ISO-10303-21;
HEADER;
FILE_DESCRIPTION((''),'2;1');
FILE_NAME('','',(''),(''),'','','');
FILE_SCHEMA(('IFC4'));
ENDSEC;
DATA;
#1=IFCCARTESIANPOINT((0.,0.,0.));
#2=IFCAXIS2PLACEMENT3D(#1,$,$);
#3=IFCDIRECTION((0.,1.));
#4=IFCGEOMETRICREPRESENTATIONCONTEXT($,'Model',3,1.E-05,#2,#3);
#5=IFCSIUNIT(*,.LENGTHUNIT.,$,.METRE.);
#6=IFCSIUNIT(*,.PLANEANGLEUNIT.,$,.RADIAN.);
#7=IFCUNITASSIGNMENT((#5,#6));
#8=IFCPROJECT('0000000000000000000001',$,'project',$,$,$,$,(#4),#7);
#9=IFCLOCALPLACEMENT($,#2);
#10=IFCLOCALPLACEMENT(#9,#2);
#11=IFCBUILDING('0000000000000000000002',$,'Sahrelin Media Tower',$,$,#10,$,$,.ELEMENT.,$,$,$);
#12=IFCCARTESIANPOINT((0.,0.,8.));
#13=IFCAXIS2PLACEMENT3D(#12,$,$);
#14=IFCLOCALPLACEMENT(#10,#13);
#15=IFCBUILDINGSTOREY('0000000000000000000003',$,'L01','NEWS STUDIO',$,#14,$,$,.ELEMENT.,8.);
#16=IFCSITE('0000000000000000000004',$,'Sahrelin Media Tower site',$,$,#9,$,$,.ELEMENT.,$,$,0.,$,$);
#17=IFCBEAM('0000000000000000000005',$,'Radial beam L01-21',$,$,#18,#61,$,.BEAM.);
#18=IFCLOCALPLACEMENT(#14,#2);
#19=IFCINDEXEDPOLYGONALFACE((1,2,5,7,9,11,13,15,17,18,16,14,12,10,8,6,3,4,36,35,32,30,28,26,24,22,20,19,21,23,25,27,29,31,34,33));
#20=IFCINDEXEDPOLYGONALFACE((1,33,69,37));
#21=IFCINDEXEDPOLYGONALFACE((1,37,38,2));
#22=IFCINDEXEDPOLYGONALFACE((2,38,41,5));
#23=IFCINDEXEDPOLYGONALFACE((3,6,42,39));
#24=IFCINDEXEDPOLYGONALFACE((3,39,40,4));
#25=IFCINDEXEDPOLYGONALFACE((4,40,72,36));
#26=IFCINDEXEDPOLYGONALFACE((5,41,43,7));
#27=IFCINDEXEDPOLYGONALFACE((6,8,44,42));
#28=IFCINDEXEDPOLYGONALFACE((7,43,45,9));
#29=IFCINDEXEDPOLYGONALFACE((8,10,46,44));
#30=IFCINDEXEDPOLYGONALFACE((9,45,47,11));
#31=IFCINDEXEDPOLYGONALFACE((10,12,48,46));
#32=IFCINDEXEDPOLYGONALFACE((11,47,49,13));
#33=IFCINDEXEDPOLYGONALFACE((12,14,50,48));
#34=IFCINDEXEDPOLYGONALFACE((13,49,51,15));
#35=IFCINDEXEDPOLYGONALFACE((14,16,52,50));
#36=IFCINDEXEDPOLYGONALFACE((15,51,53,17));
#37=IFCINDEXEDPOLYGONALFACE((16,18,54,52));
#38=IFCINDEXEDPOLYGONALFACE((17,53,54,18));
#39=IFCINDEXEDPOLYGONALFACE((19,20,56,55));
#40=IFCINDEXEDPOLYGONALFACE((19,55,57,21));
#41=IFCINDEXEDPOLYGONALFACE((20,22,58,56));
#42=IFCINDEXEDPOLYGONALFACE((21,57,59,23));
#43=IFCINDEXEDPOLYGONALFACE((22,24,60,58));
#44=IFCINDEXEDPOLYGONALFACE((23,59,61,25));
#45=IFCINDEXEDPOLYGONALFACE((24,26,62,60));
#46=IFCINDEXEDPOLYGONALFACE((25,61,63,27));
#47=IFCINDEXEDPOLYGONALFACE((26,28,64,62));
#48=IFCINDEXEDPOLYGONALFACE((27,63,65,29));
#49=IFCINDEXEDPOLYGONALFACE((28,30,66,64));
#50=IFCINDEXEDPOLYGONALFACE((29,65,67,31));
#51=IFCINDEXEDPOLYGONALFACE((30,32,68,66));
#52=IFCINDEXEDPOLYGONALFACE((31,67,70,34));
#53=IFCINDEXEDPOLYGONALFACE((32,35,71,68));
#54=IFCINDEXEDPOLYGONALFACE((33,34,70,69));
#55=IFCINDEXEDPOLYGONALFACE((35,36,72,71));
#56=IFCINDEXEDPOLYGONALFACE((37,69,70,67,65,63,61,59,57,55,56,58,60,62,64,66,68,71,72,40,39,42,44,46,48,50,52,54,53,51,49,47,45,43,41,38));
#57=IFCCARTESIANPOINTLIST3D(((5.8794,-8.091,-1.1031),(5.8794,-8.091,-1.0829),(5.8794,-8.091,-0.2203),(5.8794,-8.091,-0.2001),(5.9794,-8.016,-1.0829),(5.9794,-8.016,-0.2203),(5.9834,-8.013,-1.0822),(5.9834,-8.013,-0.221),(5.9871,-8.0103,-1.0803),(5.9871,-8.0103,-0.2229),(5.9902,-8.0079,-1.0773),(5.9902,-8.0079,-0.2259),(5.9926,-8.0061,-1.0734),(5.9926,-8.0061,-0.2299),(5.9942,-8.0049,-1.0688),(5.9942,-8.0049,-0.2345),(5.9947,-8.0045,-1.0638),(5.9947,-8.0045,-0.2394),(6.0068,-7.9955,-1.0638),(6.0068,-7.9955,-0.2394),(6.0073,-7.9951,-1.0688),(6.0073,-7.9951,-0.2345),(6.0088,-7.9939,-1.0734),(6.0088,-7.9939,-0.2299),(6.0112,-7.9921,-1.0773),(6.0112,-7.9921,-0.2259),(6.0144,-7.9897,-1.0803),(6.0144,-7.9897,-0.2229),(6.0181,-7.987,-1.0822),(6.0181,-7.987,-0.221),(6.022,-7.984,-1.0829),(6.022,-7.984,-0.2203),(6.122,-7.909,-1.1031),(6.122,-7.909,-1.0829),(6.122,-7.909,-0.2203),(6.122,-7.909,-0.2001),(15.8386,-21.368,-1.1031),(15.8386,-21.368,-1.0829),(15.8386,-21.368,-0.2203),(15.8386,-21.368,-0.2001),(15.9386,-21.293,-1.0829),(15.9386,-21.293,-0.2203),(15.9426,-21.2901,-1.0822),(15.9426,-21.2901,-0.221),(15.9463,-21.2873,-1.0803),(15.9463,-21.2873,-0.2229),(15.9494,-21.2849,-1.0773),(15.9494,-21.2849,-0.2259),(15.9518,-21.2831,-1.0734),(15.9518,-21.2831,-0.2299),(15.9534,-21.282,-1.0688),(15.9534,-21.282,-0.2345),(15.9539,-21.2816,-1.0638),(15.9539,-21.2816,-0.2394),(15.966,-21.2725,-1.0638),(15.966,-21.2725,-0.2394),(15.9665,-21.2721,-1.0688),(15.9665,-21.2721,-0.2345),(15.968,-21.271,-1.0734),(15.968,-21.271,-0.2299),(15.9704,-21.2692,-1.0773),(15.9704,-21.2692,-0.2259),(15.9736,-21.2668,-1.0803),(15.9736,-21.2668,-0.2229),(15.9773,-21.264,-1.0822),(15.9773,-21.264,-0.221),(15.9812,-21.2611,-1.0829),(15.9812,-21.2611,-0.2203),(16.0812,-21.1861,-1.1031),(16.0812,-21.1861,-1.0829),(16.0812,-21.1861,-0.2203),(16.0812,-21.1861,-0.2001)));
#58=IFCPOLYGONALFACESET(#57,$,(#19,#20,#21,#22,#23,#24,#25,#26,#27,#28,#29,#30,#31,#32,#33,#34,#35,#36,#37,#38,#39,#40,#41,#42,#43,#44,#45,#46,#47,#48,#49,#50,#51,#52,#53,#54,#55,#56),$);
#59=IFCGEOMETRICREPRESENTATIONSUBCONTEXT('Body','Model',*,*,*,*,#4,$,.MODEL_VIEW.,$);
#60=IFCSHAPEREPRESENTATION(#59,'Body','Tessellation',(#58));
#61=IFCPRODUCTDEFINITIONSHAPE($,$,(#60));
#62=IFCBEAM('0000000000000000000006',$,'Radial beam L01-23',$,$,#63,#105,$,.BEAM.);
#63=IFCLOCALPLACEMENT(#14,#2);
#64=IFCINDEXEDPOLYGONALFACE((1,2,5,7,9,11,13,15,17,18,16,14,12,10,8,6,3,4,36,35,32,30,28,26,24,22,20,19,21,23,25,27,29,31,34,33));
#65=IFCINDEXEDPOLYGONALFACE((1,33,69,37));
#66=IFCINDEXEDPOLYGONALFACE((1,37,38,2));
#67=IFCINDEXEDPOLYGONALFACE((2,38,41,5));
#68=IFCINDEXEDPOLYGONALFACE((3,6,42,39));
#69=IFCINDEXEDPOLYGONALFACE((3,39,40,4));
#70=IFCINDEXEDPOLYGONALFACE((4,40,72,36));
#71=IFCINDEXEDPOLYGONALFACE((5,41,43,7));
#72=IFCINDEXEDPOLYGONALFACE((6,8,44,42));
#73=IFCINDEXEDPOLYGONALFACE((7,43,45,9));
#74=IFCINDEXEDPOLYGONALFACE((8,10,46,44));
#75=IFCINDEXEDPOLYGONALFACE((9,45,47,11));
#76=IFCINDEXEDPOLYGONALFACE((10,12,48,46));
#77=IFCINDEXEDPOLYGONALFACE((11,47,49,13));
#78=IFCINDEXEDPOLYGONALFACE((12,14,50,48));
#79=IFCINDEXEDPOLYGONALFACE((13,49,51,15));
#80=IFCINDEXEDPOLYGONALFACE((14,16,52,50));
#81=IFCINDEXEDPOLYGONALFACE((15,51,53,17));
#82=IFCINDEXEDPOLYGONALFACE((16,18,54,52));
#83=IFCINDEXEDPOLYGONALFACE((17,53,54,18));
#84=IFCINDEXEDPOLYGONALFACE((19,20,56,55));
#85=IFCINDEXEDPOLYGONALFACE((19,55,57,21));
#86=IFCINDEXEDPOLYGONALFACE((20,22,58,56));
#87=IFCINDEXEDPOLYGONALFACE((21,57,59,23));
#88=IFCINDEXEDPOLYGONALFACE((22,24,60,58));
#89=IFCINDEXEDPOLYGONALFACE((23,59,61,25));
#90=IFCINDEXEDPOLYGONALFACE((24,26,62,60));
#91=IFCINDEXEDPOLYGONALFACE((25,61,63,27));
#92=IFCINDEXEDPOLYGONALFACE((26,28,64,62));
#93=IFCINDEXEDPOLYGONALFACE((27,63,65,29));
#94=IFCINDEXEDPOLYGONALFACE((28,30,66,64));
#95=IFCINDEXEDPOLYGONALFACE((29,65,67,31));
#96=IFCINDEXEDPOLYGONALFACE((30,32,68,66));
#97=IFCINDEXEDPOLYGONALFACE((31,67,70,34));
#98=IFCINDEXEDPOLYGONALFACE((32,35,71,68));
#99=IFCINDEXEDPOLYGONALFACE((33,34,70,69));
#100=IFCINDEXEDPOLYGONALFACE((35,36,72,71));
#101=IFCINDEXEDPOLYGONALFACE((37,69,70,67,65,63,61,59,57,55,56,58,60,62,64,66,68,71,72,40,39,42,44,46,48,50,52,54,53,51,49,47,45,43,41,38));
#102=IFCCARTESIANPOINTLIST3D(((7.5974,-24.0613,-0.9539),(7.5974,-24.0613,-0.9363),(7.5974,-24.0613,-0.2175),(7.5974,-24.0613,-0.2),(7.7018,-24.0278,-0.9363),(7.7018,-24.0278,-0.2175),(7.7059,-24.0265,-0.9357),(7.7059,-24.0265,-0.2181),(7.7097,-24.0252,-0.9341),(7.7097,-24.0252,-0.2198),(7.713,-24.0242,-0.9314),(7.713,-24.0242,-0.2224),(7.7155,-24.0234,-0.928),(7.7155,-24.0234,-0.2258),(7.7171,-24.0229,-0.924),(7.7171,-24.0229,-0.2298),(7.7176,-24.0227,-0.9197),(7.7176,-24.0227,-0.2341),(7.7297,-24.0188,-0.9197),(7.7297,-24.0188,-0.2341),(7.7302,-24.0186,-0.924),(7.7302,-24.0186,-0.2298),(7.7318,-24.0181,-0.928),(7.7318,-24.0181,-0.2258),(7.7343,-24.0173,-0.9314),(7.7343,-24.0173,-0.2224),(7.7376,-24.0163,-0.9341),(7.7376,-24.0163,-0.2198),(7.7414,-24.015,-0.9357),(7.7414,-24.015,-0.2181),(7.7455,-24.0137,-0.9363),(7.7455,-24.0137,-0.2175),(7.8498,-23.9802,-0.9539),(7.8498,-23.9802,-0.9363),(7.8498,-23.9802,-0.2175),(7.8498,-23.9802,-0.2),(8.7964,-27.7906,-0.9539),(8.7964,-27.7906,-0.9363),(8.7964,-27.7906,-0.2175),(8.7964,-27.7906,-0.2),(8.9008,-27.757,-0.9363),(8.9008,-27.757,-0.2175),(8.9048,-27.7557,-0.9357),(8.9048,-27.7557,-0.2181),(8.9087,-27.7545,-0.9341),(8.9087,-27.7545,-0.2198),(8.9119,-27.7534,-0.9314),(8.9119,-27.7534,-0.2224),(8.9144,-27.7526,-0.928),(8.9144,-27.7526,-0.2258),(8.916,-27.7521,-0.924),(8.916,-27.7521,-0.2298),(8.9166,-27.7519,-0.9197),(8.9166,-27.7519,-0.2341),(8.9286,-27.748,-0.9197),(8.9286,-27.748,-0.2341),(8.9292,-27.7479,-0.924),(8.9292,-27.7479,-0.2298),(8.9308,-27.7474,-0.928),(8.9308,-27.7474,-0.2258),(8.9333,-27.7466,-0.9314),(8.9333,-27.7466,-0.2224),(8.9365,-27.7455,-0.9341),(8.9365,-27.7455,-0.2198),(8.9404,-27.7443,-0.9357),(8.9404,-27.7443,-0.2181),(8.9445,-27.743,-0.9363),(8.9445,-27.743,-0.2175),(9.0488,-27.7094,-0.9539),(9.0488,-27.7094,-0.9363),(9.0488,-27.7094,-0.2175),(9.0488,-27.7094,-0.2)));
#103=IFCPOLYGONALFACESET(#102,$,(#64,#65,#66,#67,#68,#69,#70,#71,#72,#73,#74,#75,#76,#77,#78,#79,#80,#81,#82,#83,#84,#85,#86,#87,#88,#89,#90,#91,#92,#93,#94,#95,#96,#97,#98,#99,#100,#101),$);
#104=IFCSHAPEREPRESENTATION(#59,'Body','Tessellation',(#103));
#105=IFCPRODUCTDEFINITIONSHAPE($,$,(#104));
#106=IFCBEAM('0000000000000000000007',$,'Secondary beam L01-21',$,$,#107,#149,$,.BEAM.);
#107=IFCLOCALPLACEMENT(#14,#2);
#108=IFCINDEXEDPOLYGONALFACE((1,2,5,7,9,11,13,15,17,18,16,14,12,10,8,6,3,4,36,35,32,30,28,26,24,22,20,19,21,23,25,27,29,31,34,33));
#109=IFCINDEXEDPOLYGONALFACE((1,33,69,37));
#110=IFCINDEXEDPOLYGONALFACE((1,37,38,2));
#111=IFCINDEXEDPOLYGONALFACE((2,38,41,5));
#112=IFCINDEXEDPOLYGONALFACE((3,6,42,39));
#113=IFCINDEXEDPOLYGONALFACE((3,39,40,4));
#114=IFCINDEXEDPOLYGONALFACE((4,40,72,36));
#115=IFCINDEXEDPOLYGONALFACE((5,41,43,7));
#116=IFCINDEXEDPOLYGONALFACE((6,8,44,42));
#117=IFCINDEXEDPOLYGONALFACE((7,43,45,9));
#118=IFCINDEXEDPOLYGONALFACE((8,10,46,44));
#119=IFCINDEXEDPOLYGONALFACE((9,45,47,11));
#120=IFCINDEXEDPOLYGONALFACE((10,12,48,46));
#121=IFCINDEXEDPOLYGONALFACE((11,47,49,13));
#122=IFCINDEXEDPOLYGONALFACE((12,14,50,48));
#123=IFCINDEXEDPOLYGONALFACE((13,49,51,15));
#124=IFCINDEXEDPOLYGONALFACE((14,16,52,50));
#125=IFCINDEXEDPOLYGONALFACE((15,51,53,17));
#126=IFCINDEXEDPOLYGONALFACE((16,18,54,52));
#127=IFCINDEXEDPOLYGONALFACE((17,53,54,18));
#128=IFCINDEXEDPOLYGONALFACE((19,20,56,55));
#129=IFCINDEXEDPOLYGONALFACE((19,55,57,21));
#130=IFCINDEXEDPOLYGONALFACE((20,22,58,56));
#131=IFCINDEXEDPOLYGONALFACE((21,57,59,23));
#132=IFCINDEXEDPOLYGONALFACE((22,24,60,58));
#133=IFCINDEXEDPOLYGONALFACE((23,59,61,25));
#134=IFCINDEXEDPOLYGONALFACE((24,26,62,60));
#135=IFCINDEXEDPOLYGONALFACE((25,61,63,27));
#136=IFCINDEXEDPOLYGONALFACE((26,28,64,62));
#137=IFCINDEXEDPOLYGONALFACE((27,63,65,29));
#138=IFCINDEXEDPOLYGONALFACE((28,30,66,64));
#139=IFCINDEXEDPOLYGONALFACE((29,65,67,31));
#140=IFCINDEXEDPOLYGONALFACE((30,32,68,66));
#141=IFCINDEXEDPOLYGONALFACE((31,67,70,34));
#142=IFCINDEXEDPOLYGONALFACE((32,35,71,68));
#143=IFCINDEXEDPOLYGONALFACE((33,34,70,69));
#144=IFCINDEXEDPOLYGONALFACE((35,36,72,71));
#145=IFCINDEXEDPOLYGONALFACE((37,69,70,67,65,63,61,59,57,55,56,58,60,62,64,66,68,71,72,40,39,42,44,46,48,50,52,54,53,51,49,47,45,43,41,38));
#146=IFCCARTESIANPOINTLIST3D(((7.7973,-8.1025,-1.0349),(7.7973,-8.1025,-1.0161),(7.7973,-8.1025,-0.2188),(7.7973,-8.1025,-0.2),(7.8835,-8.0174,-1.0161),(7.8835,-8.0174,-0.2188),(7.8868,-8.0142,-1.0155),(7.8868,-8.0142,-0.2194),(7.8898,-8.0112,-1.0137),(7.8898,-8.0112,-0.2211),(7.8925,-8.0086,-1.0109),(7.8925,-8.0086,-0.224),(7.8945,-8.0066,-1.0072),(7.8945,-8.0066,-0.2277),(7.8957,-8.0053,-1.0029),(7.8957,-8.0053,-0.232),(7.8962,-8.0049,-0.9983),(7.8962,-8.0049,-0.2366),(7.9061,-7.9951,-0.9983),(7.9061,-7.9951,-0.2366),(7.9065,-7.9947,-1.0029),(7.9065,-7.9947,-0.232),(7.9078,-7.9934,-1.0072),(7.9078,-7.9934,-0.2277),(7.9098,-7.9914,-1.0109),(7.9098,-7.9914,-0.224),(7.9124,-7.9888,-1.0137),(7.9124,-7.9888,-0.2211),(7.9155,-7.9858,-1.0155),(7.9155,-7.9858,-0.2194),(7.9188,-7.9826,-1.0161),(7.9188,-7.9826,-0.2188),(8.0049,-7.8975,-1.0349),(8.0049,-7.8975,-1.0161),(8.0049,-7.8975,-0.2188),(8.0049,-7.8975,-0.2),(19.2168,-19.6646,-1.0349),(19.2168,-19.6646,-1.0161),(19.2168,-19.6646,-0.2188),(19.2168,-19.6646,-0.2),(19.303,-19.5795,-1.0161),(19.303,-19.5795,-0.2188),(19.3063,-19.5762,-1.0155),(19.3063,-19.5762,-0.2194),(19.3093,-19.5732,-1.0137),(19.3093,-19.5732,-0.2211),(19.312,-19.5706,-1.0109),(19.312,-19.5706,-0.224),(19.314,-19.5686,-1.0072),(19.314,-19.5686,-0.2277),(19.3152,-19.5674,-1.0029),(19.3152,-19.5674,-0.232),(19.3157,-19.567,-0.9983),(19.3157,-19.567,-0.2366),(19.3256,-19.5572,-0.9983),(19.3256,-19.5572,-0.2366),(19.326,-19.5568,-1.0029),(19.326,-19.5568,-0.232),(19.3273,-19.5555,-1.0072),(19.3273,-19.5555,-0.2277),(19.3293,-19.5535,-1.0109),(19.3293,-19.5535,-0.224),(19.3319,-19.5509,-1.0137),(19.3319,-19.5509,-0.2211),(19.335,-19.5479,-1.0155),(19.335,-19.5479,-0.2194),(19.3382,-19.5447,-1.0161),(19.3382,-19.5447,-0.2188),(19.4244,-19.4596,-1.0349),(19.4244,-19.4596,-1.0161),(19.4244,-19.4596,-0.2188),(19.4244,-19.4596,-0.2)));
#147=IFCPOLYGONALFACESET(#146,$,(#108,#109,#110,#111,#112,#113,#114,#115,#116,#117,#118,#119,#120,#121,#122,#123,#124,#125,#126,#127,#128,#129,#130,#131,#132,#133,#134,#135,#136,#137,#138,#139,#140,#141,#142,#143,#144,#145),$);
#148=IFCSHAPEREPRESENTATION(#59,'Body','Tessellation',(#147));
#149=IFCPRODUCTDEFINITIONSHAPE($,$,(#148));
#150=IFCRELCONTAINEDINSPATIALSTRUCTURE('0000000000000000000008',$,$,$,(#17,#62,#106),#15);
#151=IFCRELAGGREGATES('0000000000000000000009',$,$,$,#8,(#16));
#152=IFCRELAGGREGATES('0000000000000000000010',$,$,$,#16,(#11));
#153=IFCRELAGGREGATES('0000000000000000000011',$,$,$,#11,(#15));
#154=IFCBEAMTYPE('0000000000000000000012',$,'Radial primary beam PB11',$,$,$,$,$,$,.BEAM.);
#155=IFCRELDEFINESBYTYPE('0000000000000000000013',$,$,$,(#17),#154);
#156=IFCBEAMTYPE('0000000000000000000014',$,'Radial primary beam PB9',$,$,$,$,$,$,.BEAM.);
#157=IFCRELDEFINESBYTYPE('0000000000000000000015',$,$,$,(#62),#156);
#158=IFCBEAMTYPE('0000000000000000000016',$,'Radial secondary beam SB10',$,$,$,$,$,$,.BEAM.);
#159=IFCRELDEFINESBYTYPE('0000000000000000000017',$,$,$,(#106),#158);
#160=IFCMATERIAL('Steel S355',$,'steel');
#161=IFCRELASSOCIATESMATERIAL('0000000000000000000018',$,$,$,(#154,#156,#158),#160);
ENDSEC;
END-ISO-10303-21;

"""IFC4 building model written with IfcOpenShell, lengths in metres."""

from ifc_helpers import new_model, si_unit, direction, frame, origin, origin_2d, place, context, subcontext, project, spatial, i_section, extrude, material, material_profile, profile_set, type_object, element, save


model = new_model("IFC4")

# Units and contexts
model_context = context("Model", 3, precision=1e-05, world=origin(), true_north=direction((0.0, 1.0)))
body_context = subcontext(model_context, "Body", "Model", "MODEL_VIEW")
ifc_project = project(units=[si_unit("LENGTHUNIT", "METRE"), si_unit("PLANEANGLEUNIT", "RADIAN")], contexts=[model_context])

# Site, building, storey
site_placement = place(None, origin())
site = spatial("IfcSite", under=ifc_project, at=site_placement, Name="Sahrelin Media Tower site", CompositionType="ELEMENT", RefElevation=0.0)
building_placement = place(site_placement, origin())
building = spatial("IfcBuilding", under=site, at=building_placement, Name="Sahrelin Media Tower", CompositionType="ELEMENT")
storey_placement = place(building_placement, frame((0.0, 0.0, 8.0)))
storey = spatial("IfcBuildingStorey", under=building, at=storey_placement, Name="L01", Description="NEWS STUDIO", CompositionType="ELEMENT", Elevation=8.0)

# Beams
ifc_material_1 = material(Name="Steel S355", Category="steel")
ifc_material_profile_1 = material_profile(ifc_material_1, i_section(OverallWidth=0.3032, OverallDepth=0.9031, WebThickness=0.0151, FlangeThickness=0.0203, FilletRadius=0.019, at=origin_2d()), Name="UB 914x305x201")
ifc_profile_set_1 = profile_set([ifc_material_profile_1], Name="Steel S355")
beam_type_1 = type_object("IfcBeamType", Name="Radial primary beam PB11", PredefinedType="BEAM", material=ifc_profile_set_1)
beam_1_placement = place(storey_placement, frame((6.0007, -8.0, -0.6516), z_axis=(0.600054, -0.799959, 0.0), x_axis=(0.799959, 0.600054, 0.0)))
element("IfcBeam", 1, at=beam_1_placement, inside=storey, type_object=beam_type_1, Name="Radial beam L01-21", PredefinedType="BEAM", context=body_context, shape_type="SweptSolid", body=[
    extrude(i_section(OverallWidth=0.3032, OverallDepth=0.9031, WebThickness=0.0151, FlangeThickness=0.0203, FilletRadius=0.019, at=origin_2d()), origin(), (0.0, 0.0, 1.0), 16.5972),
])
ifc_material_profile_2 = material_profile(ifc_material_1, i_section(OverallWidth=0.2651, OverallDepth=0.7539, WebThickness=0.0127, FlangeThickness=0.0176, FilletRadius=0.0166, at=origin_2d()), Name="UB 762x267x147")
ifc_profile_set_2 = profile_set([ifc_material_profile_2], Name="Steel S355")
beam_type_2 = type_object("IfcBeamType", Name="Radial primary beam PB9", PredefinedType="BEAM", material=ifc_profile_set_2)
beam_2_placement = place(storey_placement, frame((7.7236, -24.0208, -0.5769), z_axis=(0.306076, -0.952007, 0.0), x_axis=(0.952007, 0.306076, 0.0)))
element("IfcBeam", 2, at=beam_2_placement, inside=storey, type_object=beam_type_2, Name="Radial beam L01-23", PredefinedType="BEAM", context=body_context, shape_type="SweptSolid", body=[
    extrude(i_section(OverallWidth=0.2651, OverallDepth=0.7539, WebThickness=0.0127, FlangeThickness=0.0176, FilletRadius=0.0166, at=origin_2d()), origin(), (0.0, 0.0, 1.0), 3.9172),
])
ifc_material_profile_3 = material_profile(ifc_material_1, i_section(OverallWidth=0.2917, OverallDepth=0.835, WebThickness=0.0139, FlangeThickness=0.0188, FilletRadius=0.0178, at=origin_2d()), Name="UB 838x292x176")
ifc_profile_set_3 = profile_set([ifc_material_profile_3], Name="Steel S355")
beam_type_3 = type_object("IfcBeamType", Name="Radial secondary beam SB10", PredefinedType="BEAM", material=ifc_profile_set_3)
beam_3_placement = place(storey_placement, frame((7.9011, -8.0, -0.6174), z_axis=(0.702706, -0.71148, 0.0), x_axis=(0.71148, 0.702706, 0.0)))
element("IfcBeam", 3, at=beam_3_placement, inside=storey, type_object=beam_type_3, Name="Secondary beam L01-21", PredefinedType="BEAM", context=body_context, shape_type="SweptSolid", body=[
    extrude(i_section(OverallWidth=0.2917, OverallDepth=0.835, WebThickness=0.0139, FlangeThickness=0.0188, FilletRadius=0.0178, at=origin_2d()), origin(), (0.0, 0.0, 1.0), 16.2507),
])

save(model, "model.ifc")
